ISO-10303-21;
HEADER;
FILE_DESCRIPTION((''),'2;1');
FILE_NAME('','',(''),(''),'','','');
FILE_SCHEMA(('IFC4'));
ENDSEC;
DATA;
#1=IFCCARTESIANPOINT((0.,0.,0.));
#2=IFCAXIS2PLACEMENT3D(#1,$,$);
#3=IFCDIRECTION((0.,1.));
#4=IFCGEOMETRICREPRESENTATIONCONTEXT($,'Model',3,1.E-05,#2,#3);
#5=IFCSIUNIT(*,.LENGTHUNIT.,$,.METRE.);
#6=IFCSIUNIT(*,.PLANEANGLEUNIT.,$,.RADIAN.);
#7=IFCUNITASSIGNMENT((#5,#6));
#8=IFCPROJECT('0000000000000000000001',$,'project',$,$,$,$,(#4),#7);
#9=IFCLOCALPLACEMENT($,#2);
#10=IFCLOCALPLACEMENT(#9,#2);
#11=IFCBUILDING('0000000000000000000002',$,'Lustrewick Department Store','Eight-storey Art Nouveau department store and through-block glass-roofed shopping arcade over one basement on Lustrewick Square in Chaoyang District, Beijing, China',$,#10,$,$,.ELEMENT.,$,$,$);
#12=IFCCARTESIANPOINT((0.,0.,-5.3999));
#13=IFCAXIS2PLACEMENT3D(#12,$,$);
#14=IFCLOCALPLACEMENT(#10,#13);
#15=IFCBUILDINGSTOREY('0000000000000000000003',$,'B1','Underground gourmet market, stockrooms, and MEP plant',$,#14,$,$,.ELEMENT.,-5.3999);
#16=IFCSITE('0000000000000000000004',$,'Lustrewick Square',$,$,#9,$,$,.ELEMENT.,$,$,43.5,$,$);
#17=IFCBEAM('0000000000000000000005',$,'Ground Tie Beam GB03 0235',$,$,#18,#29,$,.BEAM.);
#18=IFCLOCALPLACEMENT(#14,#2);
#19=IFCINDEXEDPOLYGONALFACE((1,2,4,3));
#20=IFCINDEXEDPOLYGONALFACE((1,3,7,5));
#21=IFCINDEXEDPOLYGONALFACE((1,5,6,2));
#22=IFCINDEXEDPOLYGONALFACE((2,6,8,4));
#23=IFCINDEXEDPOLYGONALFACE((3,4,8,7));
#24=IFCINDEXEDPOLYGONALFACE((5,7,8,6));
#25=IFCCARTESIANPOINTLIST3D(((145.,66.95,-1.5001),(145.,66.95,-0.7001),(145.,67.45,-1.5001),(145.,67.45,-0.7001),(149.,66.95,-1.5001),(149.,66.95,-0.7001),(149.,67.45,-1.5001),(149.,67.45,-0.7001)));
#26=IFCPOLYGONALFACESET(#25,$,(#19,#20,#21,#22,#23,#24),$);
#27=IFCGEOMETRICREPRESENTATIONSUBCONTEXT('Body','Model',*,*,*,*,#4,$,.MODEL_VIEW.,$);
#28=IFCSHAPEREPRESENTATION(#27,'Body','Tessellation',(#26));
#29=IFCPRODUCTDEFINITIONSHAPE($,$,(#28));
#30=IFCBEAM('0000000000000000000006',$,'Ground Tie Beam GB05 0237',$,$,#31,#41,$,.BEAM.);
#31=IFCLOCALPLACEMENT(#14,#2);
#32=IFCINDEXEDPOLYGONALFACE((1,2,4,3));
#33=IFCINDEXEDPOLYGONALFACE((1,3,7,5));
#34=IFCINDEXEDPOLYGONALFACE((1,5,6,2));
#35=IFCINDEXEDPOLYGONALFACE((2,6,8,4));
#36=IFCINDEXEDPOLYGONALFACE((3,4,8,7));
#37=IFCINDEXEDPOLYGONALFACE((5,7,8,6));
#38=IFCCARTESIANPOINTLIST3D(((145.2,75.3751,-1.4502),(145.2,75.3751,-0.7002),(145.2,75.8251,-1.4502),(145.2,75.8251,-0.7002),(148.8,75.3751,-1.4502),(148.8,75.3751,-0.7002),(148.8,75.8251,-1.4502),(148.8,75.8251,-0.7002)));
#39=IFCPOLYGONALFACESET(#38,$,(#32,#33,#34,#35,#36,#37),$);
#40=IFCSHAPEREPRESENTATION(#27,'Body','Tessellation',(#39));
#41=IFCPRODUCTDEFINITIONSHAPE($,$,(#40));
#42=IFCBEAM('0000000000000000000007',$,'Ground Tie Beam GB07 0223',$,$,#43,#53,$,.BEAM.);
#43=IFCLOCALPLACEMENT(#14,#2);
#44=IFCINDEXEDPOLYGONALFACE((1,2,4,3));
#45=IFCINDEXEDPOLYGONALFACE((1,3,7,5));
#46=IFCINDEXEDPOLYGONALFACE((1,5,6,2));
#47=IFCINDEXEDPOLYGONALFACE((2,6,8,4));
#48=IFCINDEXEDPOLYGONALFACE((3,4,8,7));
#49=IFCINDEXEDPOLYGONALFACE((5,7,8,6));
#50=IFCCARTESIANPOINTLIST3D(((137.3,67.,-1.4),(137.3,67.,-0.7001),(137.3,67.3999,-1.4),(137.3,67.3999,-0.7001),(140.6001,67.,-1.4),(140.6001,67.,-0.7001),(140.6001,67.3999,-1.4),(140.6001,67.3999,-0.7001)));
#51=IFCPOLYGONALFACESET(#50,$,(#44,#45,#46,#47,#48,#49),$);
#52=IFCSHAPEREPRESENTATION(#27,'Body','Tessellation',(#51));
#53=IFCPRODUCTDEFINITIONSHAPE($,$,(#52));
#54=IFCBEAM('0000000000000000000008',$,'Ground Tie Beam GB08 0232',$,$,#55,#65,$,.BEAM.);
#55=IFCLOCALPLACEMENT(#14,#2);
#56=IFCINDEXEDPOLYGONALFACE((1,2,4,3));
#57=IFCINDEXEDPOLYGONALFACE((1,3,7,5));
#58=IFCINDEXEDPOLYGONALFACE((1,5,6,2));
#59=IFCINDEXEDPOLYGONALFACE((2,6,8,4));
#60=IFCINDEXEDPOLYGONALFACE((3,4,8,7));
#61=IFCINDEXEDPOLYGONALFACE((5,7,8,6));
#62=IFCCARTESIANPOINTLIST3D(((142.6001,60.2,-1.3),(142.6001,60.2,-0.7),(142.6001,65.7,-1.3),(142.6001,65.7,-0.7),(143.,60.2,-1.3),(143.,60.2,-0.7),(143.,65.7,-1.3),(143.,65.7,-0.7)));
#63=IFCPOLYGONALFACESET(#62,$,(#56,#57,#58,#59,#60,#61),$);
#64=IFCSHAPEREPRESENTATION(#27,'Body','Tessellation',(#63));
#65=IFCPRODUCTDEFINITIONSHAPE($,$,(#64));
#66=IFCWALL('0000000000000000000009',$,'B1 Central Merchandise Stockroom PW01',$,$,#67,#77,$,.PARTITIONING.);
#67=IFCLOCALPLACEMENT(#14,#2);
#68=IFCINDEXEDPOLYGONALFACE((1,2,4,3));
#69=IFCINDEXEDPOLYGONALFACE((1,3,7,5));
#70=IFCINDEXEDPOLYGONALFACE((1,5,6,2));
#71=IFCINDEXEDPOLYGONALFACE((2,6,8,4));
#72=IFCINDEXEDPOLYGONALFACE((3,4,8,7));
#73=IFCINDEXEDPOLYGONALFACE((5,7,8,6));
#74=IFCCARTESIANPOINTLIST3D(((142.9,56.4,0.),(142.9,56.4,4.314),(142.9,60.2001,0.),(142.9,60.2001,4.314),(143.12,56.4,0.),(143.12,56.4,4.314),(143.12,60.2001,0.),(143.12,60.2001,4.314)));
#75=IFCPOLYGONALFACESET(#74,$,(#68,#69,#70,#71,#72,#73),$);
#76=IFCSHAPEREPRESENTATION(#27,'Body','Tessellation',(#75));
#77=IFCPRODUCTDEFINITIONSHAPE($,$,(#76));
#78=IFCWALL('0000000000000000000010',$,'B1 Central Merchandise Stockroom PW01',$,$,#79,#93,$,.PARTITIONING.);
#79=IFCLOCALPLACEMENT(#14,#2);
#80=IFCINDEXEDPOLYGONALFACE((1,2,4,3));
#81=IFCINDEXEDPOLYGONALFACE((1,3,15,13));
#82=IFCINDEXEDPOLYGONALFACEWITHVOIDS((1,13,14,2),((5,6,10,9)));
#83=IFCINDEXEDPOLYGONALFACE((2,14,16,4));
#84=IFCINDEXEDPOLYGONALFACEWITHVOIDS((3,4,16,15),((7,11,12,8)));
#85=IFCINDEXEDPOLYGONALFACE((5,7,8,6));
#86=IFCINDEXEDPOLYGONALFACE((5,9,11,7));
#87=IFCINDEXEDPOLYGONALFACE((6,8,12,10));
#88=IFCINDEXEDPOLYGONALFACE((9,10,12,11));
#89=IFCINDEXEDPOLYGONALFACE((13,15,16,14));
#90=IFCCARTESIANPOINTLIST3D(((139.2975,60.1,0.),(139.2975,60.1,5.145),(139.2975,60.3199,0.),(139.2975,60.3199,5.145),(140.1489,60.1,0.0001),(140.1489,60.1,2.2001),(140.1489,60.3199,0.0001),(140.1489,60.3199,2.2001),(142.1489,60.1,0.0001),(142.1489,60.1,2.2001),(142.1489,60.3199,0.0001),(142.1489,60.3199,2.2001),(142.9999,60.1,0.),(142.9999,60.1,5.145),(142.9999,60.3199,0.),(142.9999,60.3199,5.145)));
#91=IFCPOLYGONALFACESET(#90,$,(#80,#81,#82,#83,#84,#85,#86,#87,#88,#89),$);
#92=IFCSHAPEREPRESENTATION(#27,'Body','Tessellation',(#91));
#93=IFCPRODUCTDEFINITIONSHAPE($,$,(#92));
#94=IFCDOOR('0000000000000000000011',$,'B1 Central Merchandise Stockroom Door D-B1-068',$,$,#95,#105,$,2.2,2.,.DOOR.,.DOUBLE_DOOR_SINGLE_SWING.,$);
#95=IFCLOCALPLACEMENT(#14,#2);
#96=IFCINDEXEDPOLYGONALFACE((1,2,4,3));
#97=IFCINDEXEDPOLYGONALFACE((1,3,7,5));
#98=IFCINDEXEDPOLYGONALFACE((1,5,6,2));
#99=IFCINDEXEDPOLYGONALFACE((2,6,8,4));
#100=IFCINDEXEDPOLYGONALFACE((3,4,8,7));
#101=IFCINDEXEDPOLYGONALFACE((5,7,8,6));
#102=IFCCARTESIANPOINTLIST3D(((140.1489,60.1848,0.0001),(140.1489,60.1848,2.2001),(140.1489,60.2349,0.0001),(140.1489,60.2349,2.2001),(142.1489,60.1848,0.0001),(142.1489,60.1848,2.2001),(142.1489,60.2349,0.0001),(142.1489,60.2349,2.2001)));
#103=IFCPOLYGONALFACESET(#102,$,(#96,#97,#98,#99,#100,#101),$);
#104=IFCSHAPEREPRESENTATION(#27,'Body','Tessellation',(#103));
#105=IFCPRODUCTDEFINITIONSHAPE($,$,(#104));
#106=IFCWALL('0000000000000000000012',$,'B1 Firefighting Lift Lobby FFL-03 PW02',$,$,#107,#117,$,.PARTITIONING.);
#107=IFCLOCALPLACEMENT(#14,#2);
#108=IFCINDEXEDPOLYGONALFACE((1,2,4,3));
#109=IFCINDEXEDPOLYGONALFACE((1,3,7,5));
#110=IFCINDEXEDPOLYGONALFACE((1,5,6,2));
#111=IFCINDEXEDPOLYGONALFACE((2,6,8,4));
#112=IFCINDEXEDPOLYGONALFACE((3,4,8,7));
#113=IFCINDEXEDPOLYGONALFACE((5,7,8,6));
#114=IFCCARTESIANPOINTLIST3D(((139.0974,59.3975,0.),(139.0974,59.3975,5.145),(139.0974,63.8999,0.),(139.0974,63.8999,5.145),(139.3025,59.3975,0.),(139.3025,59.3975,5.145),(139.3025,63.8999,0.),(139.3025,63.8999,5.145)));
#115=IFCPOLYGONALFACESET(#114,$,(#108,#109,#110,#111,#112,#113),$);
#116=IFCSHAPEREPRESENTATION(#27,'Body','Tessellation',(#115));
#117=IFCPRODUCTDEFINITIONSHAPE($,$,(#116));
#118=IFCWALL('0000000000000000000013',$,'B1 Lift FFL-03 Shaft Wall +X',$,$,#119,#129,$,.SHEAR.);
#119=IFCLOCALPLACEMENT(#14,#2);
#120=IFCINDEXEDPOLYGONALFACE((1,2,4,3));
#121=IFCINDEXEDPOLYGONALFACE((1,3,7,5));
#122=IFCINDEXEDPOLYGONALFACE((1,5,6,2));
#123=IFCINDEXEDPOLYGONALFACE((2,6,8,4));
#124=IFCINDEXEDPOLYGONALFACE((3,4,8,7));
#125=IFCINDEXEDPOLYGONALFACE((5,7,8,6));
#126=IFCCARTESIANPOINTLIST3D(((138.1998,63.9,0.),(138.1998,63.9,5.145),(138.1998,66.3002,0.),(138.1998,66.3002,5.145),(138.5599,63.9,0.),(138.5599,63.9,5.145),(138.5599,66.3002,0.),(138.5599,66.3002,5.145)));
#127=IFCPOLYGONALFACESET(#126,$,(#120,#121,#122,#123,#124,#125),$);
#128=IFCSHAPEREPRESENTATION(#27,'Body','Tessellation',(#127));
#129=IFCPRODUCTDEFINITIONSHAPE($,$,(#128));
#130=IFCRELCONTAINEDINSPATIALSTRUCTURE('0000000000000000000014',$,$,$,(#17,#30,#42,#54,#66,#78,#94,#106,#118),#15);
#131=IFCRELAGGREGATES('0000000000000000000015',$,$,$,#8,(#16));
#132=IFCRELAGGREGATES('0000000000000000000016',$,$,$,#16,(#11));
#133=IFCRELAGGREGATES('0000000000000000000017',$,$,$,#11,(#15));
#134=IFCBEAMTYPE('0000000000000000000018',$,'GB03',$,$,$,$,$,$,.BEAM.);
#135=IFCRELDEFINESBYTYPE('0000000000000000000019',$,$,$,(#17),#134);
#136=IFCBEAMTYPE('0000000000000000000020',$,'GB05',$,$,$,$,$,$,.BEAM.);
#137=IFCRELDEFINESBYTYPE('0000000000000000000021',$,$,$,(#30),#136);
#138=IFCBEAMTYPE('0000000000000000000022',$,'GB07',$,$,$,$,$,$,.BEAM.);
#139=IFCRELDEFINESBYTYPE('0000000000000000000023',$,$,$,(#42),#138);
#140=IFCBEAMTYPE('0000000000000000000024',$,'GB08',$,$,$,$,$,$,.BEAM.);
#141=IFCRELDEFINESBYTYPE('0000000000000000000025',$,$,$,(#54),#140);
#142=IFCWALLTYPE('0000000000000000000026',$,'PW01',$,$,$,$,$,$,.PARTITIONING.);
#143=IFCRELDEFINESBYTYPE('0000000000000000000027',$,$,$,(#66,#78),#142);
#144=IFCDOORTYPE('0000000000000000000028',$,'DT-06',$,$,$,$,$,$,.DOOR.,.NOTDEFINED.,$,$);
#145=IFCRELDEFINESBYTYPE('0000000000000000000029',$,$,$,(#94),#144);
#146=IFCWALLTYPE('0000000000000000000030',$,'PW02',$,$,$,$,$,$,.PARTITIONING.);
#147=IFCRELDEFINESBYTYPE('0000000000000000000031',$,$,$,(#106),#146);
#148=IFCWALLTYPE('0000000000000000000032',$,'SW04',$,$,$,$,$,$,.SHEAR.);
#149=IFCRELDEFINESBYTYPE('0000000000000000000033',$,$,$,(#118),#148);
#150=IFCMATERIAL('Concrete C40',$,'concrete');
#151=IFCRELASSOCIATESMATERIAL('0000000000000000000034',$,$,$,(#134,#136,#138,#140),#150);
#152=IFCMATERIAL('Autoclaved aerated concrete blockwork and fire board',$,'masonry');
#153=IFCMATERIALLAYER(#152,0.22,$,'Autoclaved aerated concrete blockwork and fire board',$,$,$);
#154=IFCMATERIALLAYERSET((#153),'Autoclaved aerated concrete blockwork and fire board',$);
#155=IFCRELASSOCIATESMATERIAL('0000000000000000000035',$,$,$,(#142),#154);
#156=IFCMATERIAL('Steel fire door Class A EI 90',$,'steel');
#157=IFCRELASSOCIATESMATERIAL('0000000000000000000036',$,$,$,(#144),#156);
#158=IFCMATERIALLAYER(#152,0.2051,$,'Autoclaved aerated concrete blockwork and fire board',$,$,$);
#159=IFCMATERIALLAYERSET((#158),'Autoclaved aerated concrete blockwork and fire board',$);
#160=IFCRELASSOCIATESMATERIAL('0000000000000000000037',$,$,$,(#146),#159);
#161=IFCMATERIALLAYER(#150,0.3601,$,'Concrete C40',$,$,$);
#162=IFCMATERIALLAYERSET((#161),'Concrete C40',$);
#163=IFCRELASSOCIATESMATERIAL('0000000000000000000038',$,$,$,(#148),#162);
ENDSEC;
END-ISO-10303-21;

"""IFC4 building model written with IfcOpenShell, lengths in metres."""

from ifc_helpers import new_model, si_unit, direction, frame, frame_2d, origin, origin_2d, place, context, subcontext, project, spatial, rectangle, extrude, material, layer, layer_set, material_profile, profile_set, type_object, element, fill, save


model = new_model("IFC4")

# Units and contexts
model_context = context("Model", 3, precision=1e-05, world=origin(), true_north=direction((0.0, 1.0)))
body_context = subcontext(model_context, "Body", "Model", "MODEL_VIEW")
ifc_project = project(units=[si_unit("LENGTHUNIT", "METRE"), si_unit("PLANEANGLEUNIT", "RADIAN")], contexts=[model_context])

# Site, building, storey
site_placement = place(None, origin())
site = spatial("IfcSite", under=ifc_project, at=site_placement, Name="Lustrewick Square", CompositionType="ELEMENT", RefElevation=43.5)
building_placement = place(site_placement, origin())
building = spatial("IfcBuilding", under=site, at=building_placement, Name="Lustrewick Department Store", Description="Eight-storey Art Nouveau department store and through-block glass-roofed shopping arcade over one basement on Lustrewick Square in Chaoyang District, Beijing, China", CompositionType="ELEMENT")
storey_placement = place(building_placement, frame((0.0, 0.0, -5.3999)))
storey = spatial("IfcBuildingStorey", under=building, at=storey_placement, Name="B1", Description="Underground gourmet market, stockrooms, and MEP plant", CompositionType="ELEMENT", Elevation=-5.3999)

# Shared definitions
ifc_material_1 = material(Name="Concrete C40", Category="concrete")

# Beams
ifc_material_profile_1 = material_profile(ifc_material_1, rectangle(XDim=0.5, YDim=0.8, at=origin_2d()), Name="RC 500x800")
ifc_profile_set_1 = profile_set([ifc_material_profile_1], Name="Concrete C40")
beam_type_1 = type_object("IfcBeamType", Name="GB03", PredefinedType="BEAM", material=ifc_profile_set_1)
beam_1_placement = place(storey_placement, frame((145.0, 67.2, -1.1001), z_axis=(1.0, 0.0, 0.0), x_axis=(0.0, 1.0, 0.0)))
element("IfcBeam", 1, at=beam_1_placement, inside=storey, type_object=beam_type_1, Name="Ground Tie Beam GB03 0235", PredefinedType="BEAM", context=body_context, shape_type="SweptSolid", body=[
    extrude(rectangle(XDim=0.5, YDim=0.8, at=origin_2d()), origin(), (0.0, 0.0, 1.0), 4.0),
])
ifc_material_profile_2 = material_profile(ifc_material_1, rectangle(XDim=0.45, YDim=0.75, at=origin_2d()), Name="RC 450x750")
ifc_profile_set_2 = profile_set([ifc_material_profile_2], Name="Concrete C40")
beam_type_2 = type_object("IfcBeamType", Name="GB05", PredefinedType="BEAM", material=ifc_profile_set_2)
beam_2_placement = place(storey_placement, frame((145.2, 75.6001, -1.0752), z_axis=(1.0, 0.0, 0.0), x_axis=(0.0, 1.0, 0.0)))
element("IfcBeam", 2, at=beam_2_placement, inside=storey, type_object=beam_type_2, Name="Ground Tie Beam GB05 0237", PredefinedType="BEAM", context=body_context, shape_type="SweptSolid", body=[
    extrude(rectangle(XDim=0.45, YDim=0.75, at=origin_2d()), origin(), (0.0, 0.0, 1.0), 3.6001),
])
ifc_material_profile_3 = material_profile(ifc_material_1, rectangle(XDim=0.3999, YDim=0.7, at=origin_2d()), Name="RC 400x700")
ifc_profile_set_3 = profile_set([ifc_material_profile_3], Name="Concrete C40")
beam_type_3 = type_object("IfcBeamType", Name="GB07", PredefinedType="BEAM", material=ifc_profile_set_3)
beam_3_placement = place(storey_placement, frame((137.3, 67.2, -1.05), z_axis=(1.0, 0.0, 0.0), x_axis=(0.0, 1.0, 0.0)))
element("IfcBeam", 3, at=beam_3_placement, inside=storey, type_object=beam_type_3, Name="Ground Tie Beam GB07 0223", PredefinedType="BEAM", context=body_context, shape_type="SweptSolid", body=[
    extrude(rectangle(XDim=0.3999, YDim=0.7, at=origin_2d()), origin(), (0.0, 0.0, 1.0), 3.3),
])
ifc_material_profile_4 = material_profile(ifc_material_1, rectangle(XDim=0.3999, YDim=0.6001, at=origin_2d()), Name="RC 400x600")
ifc_profile_set_4 = profile_set([ifc_material_profile_4], Name="Concrete C40")
beam_type_4 = type_object("IfcBeamType", Name="GB08", PredefinedType="BEAM", material=ifc_profile_set_4)
beam_4_placement = place(storey_placement, frame((142.8, 60.2, -1.0), z_axis=(0.0, 1.0, 0.0), x_axis=(-1.0, 0.0, 0.0)))
element("IfcBeam", 4, at=beam_4_placement, inside=storey, type_object=beam_type_4, Name="Ground Tie Beam GB08 0232", PredefinedType="BEAM", context=body_context, shape_type="SweptSolid", body=[
    extrude(rectangle(XDim=0.3999, YDim=0.6001, at=origin_2d()), origin(), (0.0, 0.0, 1.0), 5.5),
])

# Wall
ifc_material_2 = material(Name="Autoclaved aerated concrete blockwork and fire board", Category="masonry")
ifc_layer_1 = layer(ifc_material_2, 0.22, Name="Autoclaved aerated concrete blockwork and fire board")
ifc_layer_set_1 = layer_set([ifc_layer_1], Name="Autoclaved aerated concrete blockwork and fire board")
wall_type_1 = type_object("IfcWallType", Name="PW01", PredefinedType="PARTITIONING", material=ifc_layer_set_1)
wall_1_placement = place(storey_placement, frame((143.01, 60.2, 0.0), z_axis=(0.0, 0.0, 1.0), x_axis=(0.0, -1.0, 0.0)))
element("IfcWall", 5, at=wall_1_placement, inside=storey, type_object=wall_type_1, Name="B1 Central Merchandise Stockroom PW01", PredefinedType="PARTITIONING", context=body_context, shape_type="SweptSolid", body=[
    extrude(rectangle(XDim=3.8, YDim=0.22, at=frame_2d((1.8999, 0.0))), origin(), (0.0, 0.0, 1.0), 4.314),
])

# Wall, opening, door
wall_2_placement = place(storey_placement, frame((139.2976, 60.21, 0.0), z_axis=(0.0, 0.0, 1.0), x_axis=(1.0, 0.0, 0.0)))
wall_2 = element("IfcWall", 6, at=wall_2_placement, inside=storey, type_object=wall_type_1, Name="B1 Central Merchandise Stockroom PW01", PredefinedType="PARTITIONING", context=body_context, shape_type="SweptSolid", body=[
    extrude(rectangle(XDim=3.7024, YDim=0.22, at=frame_2d((1.8511, 0.0))), origin(), (0.0, 0.0, 1.0), 5.145),
])
opening_placement = place(wall_2_placement, frame((0.8513, 0.0, 0.0)))
opening = element("IfcOpeningElement", 7, at=opening_placement, cuts=wall_2, PredefinedType="OPENING", context=body_context, shape_type="SweptSolid", body=[
    extrude(rectangle(XDim=2.0, YDim=2.2, at=frame_2d((1.0, 1.1001))), frame((0.0, 0.1201, 0.0), z_axis=(0.0, -1.0, 0.0), x_axis=(1.0, 0.0, 0.0)), (0.0, 0.0, 1.0), 0.24),
])
ifc_material_3 = material(Name="Steel fire door Class A EI 90", Category="steel")
door_type = type_object("IfcDoorType", Name="DT-06", OperationType="NOTDEFINED", PredefinedType="DOOR", material=ifc_material_3)
door_placement = place(opening_placement, origin())
door = element("IfcDoor", 8, at=door_placement, inside=storey, type_object=door_type, Name="B1 Central Merchandise Stockroom Door D-B1-068", OperationType="DOUBLE_DOOR_SINGLE_SWING", OverallHeight=2.2, OverallWidth=2.0, PredefinedType="DOOR", context=body_context, shape_type="SweptSolid", body=[
    extrude(rectangle(XDim=2.0, YDim=2.2, at=frame_2d((1.0, 1.1001))), frame((0.0, 0.0249, 0.0), z_axis=(0.0, -1.0, 0.0), x_axis=(1.0, 0.0, 0.0)), (0.0, 0.0, 1.0), 0.05),
])
fill(opening, door)

# Walls
ifc_layer_2 = layer(ifc_material_2, 0.2051, Name="Autoclaved aerated concrete blockwork and fire board")
ifc_layer_set_2 = layer_set([ifc_layer_2], Name="Autoclaved aerated concrete blockwork and fire board")
wall_type_2 = type_object("IfcWallType", Name="PW02", PredefinedType="PARTITIONING", material=ifc_layer_set_2)
wall_3_placement = place(storey_placement, frame((139.2, 59.3975, 0.0), z_axis=(0.0, 0.0, 1.0), x_axis=(0.0, 1.0, 0.0)))
element("IfcWall", 9, at=wall_3_placement, inside=storey, type_object=wall_type_2, Name="B1 Firefighting Lift Lobby FFL-03 PW02", PredefinedType="PARTITIONING", context=body_context, shape_type="SweptSolid", body=[
    extrude(rectangle(XDim=4.5024, YDim=0.2051, at=frame_2d((2.2512, 0.0))), origin(), (0.0, 0.0, 1.0), 5.145),
])
ifc_layer_3 = layer(ifc_material_1, 0.3601, Name="Concrete C40")
ifc_layer_set_3 = layer_set([ifc_layer_3], Name="Concrete C40")
wall_type_3 = type_object("IfcWallType", Name="SW04", PredefinedType="SHEAR", material=ifc_layer_set_3)
wall_4_placement = place(storey_placement, frame((138.3799, 63.8999, 0.0), z_axis=(0.0, 0.0, 1.0), x_axis=(0.0, 1.0, 0.0)))
element("IfcWall", 10, at=wall_4_placement, inside=storey, type_object=wall_type_3, Name="B1 Lift FFL-03 Shaft Wall +X", PredefinedType="SHEAR", context=body_context, shape_type="SweptSolid", body=[
    extrude(rectangle(XDim=2.4001, YDim=0.3601, at=frame_2d((1.2002, 0.0))), origin(), (0.0, 0.0, 1.0), 5.145),
])

save(model, "model.ifc")
